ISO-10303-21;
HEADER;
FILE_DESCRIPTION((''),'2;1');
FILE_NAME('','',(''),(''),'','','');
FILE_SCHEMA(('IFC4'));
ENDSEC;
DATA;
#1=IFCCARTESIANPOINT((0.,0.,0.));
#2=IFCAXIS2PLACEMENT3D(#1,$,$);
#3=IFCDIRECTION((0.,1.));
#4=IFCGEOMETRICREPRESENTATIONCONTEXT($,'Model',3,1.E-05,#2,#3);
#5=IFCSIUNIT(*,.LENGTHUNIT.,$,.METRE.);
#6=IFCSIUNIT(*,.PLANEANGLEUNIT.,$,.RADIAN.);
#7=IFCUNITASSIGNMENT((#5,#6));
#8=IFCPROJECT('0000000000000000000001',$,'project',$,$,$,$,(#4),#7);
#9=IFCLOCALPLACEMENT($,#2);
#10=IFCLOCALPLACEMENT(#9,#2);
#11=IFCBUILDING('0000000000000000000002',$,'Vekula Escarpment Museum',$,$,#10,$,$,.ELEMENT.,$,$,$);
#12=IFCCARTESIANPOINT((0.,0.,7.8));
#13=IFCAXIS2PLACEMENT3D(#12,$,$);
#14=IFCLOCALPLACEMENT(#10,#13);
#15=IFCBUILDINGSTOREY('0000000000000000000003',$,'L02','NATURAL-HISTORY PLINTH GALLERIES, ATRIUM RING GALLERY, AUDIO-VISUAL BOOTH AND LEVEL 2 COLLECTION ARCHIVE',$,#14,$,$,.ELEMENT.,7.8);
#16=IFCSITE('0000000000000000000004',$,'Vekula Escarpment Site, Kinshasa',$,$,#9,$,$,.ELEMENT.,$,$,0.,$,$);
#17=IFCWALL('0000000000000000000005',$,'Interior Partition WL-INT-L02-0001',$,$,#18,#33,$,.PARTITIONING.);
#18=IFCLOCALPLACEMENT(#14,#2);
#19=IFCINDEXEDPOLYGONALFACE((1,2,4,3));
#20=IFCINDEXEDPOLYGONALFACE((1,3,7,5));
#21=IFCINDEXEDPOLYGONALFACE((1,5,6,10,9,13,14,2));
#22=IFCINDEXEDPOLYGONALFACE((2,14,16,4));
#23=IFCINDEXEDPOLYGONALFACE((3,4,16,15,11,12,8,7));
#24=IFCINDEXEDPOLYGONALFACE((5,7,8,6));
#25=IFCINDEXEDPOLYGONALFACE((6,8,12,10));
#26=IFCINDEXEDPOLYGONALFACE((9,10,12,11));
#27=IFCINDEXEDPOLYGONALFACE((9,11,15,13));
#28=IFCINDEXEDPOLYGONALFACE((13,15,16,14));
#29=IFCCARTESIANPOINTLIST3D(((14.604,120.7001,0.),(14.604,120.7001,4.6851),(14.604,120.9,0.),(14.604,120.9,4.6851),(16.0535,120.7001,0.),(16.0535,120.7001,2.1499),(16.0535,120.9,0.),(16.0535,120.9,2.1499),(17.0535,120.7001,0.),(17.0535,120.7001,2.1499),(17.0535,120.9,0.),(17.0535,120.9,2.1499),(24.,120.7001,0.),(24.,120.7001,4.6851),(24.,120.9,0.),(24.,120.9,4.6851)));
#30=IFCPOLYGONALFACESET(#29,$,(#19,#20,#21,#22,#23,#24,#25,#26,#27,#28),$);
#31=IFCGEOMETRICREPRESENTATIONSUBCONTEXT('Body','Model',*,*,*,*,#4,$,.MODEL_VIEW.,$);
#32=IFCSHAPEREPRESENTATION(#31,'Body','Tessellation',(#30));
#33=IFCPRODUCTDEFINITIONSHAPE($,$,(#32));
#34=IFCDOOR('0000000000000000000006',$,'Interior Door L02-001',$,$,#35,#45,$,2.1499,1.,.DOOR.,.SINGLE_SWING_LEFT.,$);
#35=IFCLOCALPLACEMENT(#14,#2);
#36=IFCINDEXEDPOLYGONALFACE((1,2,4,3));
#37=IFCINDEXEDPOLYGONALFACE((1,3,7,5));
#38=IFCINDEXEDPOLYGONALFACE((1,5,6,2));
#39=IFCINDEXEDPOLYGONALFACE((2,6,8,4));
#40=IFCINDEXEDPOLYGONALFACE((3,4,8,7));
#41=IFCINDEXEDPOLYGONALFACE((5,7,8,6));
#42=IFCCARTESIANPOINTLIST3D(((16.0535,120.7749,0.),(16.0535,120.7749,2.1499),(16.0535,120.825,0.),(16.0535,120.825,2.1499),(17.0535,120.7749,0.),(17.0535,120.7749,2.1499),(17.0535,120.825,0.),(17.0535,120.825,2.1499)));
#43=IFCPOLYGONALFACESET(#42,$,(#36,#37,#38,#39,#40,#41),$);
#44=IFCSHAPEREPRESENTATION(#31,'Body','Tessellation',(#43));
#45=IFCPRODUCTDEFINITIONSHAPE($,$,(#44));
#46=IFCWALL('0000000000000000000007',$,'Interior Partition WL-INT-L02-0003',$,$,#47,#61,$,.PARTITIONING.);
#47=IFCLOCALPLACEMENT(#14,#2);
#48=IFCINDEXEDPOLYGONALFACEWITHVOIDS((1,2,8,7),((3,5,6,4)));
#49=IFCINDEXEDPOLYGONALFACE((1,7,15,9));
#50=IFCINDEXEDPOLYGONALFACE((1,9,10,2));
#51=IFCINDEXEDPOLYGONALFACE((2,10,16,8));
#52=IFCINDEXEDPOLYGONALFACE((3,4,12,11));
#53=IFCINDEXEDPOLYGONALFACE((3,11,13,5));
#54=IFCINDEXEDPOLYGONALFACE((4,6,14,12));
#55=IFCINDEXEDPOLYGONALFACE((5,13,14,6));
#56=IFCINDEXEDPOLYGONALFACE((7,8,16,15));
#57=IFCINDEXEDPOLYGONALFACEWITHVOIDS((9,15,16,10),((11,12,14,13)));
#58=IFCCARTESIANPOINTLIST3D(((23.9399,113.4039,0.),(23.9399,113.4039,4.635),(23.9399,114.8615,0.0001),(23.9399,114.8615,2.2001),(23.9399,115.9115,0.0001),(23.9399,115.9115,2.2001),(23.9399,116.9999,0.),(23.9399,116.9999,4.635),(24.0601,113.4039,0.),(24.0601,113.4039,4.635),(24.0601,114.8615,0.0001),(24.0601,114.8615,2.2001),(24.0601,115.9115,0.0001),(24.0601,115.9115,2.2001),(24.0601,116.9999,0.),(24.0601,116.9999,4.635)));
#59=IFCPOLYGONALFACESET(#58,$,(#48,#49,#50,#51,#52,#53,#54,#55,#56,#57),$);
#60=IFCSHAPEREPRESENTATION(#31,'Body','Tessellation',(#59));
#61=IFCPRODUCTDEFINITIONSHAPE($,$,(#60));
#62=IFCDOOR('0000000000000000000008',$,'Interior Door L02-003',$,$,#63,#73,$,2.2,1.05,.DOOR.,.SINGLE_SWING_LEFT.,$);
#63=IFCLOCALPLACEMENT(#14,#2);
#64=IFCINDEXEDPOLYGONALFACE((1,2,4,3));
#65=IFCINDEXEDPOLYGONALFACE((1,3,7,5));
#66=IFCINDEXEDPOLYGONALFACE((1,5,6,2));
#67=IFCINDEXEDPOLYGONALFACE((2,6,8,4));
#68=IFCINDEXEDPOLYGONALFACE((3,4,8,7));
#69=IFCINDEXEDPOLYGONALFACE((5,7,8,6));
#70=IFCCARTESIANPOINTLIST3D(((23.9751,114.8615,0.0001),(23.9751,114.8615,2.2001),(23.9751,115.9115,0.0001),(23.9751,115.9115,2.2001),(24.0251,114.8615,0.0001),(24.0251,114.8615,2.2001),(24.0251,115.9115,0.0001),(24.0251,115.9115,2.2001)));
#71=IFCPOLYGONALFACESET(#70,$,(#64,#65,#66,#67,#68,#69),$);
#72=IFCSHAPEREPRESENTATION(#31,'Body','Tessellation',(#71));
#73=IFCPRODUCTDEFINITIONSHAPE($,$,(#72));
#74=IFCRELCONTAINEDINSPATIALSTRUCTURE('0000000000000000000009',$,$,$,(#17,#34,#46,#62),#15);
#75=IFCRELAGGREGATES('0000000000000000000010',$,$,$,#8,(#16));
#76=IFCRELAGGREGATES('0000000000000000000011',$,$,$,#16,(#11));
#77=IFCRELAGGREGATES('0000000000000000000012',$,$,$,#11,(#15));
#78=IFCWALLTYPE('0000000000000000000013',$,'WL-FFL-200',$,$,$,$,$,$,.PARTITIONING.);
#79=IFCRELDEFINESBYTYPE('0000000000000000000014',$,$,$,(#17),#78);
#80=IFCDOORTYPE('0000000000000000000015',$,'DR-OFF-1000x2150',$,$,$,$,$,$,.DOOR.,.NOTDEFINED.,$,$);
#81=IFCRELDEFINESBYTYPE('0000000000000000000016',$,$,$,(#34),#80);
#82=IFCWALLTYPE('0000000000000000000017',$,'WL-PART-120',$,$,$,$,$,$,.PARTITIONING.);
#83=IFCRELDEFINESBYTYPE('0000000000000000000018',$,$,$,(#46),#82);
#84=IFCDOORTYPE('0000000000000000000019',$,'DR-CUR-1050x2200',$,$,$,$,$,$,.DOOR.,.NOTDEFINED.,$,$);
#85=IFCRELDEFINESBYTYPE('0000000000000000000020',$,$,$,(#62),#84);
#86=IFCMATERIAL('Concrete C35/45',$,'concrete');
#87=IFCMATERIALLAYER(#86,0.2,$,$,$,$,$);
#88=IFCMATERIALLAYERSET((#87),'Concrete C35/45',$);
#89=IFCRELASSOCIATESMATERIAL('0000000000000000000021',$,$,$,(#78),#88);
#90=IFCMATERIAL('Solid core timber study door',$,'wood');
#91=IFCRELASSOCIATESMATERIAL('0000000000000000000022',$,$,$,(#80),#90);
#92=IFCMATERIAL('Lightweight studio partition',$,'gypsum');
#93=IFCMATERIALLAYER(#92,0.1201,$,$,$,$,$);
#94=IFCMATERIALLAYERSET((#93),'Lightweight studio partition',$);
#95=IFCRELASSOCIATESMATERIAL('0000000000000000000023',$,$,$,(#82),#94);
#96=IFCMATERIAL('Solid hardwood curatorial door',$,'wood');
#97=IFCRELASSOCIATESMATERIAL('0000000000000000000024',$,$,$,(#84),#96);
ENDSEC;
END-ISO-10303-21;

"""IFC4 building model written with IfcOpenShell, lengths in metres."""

from ifc_helpers import new_model, si_unit, direction, frame, frame_2d, origin, place, context, subcontext, project, spatial, rectangle, extrude, material, layer, layer_set, type_object, element, fill, save


model = new_model("IFC4")

# Units and contexts
model_context = context("Model", 3, precision=1e-05, world=origin(), true_north=direction((0.0, 1.0)))
body_context = subcontext(model_context, "Body", "Model", "MODEL_VIEW")
ifc_project = project(units=[si_unit("LENGTHUNIT", "METRE"), si_unit("PLANEANGLEUNIT", "RADIAN")], contexts=[model_context])

# Site, building, storey
site_placement = place(None, origin())
site = spatial("IfcSite", under=ifc_project, at=site_placement, Name="Vekula Escarpment Site, Kinshasa", CompositionType="ELEMENT", RefElevation=0.0)
building_placement = place(site_placement, origin())
building = spatial("IfcBuilding", under=site, at=building_placement, Name="Vekula Escarpment Museum", CompositionType="ELEMENT")
storey_placement = place(building_placement, frame((0.0, 0.0, 7.8)))
storey = spatial("IfcBuildingStorey", under=building, at=storey_placement, Name="L02", Description="NATURAL-HISTORY PLINTH GALLERIES, ATRIUM RING GALLERY, AUDIO-VISUAL BOOTH AND LEVEL 2 COLLECTION ARCHIVE", CompositionType="ELEMENT", Elevation=7.8)

# Walls, openings, doors
ifc_material_1 = material(Name="Concrete C35/45", Category="concrete")
ifc_layer_1 = layer(ifc_material_1, 0.2)
ifc_layer_set_1 = layer_set([ifc_layer_1], Name="Concrete C35/45")
wall_type_1 = type_object("IfcWallType", Name="WL-FFL-200", PredefinedType="PARTITIONING", material=ifc_layer_set_1)
wall_1_placement = place(storey_placement, frame((14.604, 120.8, 0.0), z_axis=(0.0, 0.0, 1.0), x_axis=(1.0, 0.0, 0.0)))
wall_1 = element("IfcWall", 1, at=wall_1_placement, inside=storey, type_object=wall_type_1, Name="Interior Partition WL-INT-L02-0001", PredefinedType="PARTITIONING", context=body_context, shape_type="SweptSolid", body=[
    extrude(rectangle(XDim=9.396, YDim=0.2, at=frame_2d((4.698, 0.0))), origin(), (0.0, 0.0, 1.0), 4.6851),
])
opening_1_placement = place(wall_1_placement, frame((1.4495, 0.0, 0.0)))
opening_1 = element("IfcOpeningElement", 2, at=opening_1_placement, cuts=wall_1, PredefinedType="OPENING", context=body_context, shape_type="SweptSolid", body=[
    extrude(rectangle(XDim=1.0, YDim=2.1499, at=frame_2d((0.5, 1.075))), frame((0.0, 0.1099, 0.0), z_axis=(0.0, -1.0, 0.0), x_axis=(1.0, 0.0, 0.0)), (0.0, 0.0, 1.0), 0.22),
])
ifc_material_2 = material(Name="Solid core timber study door", Category="wood")
door_type_1 = type_object("IfcDoorType", Name="DR-OFF-1000x2150", OperationType="NOTDEFINED", PredefinedType="DOOR", material=ifc_material_2)
door_1_placement = place(opening_1_placement, origin())
door_1 = element("IfcDoor", 3, at=door_1_placement, inside=storey, type_object=door_type_1, Name="Interior Door L02-001", OperationType="SINGLE_SWING_LEFT", OverallHeight=2.1499, OverallWidth=1.0, PredefinedType="DOOR", context=body_context, shape_type="SweptSolid", body=[
    extrude(rectangle(XDim=1.0, YDim=2.1499, at=frame_2d((0.5, 1.075))), frame((0.0, 0.0249, 0.0), z_axis=(0.0, -1.0, 0.0), x_axis=(1.0, 0.0, 0.0)), (0.0, 0.0, 1.0), 0.05),
])
fill(opening_1, door_1)
ifc_material_3 = material(Name="Lightweight studio partition", Category="gypsum")
ifc_layer_2 = layer(ifc_material_3, 0.1201)
ifc_layer_set_2 = layer_set([ifc_layer_2], Name="Lightweight studio partition")
wall_type_2 = type_object("IfcWallType", Name="WL-PART-120", PredefinedType="PARTITIONING", material=ifc_layer_set_2)
wall_2_placement = place(storey_placement, frame((24.0, 113.4041, 0.0), z_axis=(0.0, 0.0, 1.0), x_axis=(0.0, 1.0, 0.0)))
wall_2 = element("IfcWall", 4, at=wall_2_placement, inside=storey, type_object=wall_type_2, Name="Interior Partition WL-INT-L02-0003", PredefinedType="PARTITIONING", context=body_context, shape_type="SweptSolid", body=[
    extrude(rectangle(XDim=3.5959, YDim=0.1201, at=frame_2d((1.7979, 0.0))), origin(), (0.0, 0.0, 1.0), 4.635),
])
opening_2_placement = place(wall_2_placement, frame((1.4575, 0.0, 0.0)))
opening_2 = element("IfcOpeningElement", 5, at=opening_2_placement, cuts=wall_2, PredefinedType="OPENING", context=body_context, shape_type="SweptSolid", body=[
    extrude(rectangle(XDim=1.05, YDim=2.2, at=frame_2d((0.5249, 1.1001))), frame((0.0, 0.0701, 0.0), z_axis=(0.0, -1.0, 0.0), x_axis=(1.0, 0.0, 0.0)), (0.0, 0.0, 1.0), 0.1401),
])
ifc_material_4 = material(Name="Solid hardwood curatorial door", Category="wood")
door_type_2 = type_object("IfcDoorType", Name="DR-CUR-1050x2200", OperationType="NOTDEFINED", PredefinedType="DOOR", material=ifc_material_4)
door_2_placement = place(opening_2_placement, origin())
door_2 = element("IfcDoor", 6, at=door_2_placement, inside=storey, type_object=door_type_2, Name="Interior Door L02-003", OperationType="SINGLE_SWING_LEFT", OverallHeight=2.2, OverallWidth=1.05, PredefinedType="DOOR", context=body_context, shape_type="SweptSolid", body=[
    extrude(rectangle(XDim=1.05, YDim=2.2, at=frame_2d((0.5249, 1.1001))), frame((0.0, 0.0249, 0.0), z_axis=(0.0, -1.0, 0.0), x_axis=(1.0, 0.0, 0.0)), (0.0, 0.0, 1.0), 0.05),
])
fill(opening_2, door_2)

save(model, "model.ifc")
